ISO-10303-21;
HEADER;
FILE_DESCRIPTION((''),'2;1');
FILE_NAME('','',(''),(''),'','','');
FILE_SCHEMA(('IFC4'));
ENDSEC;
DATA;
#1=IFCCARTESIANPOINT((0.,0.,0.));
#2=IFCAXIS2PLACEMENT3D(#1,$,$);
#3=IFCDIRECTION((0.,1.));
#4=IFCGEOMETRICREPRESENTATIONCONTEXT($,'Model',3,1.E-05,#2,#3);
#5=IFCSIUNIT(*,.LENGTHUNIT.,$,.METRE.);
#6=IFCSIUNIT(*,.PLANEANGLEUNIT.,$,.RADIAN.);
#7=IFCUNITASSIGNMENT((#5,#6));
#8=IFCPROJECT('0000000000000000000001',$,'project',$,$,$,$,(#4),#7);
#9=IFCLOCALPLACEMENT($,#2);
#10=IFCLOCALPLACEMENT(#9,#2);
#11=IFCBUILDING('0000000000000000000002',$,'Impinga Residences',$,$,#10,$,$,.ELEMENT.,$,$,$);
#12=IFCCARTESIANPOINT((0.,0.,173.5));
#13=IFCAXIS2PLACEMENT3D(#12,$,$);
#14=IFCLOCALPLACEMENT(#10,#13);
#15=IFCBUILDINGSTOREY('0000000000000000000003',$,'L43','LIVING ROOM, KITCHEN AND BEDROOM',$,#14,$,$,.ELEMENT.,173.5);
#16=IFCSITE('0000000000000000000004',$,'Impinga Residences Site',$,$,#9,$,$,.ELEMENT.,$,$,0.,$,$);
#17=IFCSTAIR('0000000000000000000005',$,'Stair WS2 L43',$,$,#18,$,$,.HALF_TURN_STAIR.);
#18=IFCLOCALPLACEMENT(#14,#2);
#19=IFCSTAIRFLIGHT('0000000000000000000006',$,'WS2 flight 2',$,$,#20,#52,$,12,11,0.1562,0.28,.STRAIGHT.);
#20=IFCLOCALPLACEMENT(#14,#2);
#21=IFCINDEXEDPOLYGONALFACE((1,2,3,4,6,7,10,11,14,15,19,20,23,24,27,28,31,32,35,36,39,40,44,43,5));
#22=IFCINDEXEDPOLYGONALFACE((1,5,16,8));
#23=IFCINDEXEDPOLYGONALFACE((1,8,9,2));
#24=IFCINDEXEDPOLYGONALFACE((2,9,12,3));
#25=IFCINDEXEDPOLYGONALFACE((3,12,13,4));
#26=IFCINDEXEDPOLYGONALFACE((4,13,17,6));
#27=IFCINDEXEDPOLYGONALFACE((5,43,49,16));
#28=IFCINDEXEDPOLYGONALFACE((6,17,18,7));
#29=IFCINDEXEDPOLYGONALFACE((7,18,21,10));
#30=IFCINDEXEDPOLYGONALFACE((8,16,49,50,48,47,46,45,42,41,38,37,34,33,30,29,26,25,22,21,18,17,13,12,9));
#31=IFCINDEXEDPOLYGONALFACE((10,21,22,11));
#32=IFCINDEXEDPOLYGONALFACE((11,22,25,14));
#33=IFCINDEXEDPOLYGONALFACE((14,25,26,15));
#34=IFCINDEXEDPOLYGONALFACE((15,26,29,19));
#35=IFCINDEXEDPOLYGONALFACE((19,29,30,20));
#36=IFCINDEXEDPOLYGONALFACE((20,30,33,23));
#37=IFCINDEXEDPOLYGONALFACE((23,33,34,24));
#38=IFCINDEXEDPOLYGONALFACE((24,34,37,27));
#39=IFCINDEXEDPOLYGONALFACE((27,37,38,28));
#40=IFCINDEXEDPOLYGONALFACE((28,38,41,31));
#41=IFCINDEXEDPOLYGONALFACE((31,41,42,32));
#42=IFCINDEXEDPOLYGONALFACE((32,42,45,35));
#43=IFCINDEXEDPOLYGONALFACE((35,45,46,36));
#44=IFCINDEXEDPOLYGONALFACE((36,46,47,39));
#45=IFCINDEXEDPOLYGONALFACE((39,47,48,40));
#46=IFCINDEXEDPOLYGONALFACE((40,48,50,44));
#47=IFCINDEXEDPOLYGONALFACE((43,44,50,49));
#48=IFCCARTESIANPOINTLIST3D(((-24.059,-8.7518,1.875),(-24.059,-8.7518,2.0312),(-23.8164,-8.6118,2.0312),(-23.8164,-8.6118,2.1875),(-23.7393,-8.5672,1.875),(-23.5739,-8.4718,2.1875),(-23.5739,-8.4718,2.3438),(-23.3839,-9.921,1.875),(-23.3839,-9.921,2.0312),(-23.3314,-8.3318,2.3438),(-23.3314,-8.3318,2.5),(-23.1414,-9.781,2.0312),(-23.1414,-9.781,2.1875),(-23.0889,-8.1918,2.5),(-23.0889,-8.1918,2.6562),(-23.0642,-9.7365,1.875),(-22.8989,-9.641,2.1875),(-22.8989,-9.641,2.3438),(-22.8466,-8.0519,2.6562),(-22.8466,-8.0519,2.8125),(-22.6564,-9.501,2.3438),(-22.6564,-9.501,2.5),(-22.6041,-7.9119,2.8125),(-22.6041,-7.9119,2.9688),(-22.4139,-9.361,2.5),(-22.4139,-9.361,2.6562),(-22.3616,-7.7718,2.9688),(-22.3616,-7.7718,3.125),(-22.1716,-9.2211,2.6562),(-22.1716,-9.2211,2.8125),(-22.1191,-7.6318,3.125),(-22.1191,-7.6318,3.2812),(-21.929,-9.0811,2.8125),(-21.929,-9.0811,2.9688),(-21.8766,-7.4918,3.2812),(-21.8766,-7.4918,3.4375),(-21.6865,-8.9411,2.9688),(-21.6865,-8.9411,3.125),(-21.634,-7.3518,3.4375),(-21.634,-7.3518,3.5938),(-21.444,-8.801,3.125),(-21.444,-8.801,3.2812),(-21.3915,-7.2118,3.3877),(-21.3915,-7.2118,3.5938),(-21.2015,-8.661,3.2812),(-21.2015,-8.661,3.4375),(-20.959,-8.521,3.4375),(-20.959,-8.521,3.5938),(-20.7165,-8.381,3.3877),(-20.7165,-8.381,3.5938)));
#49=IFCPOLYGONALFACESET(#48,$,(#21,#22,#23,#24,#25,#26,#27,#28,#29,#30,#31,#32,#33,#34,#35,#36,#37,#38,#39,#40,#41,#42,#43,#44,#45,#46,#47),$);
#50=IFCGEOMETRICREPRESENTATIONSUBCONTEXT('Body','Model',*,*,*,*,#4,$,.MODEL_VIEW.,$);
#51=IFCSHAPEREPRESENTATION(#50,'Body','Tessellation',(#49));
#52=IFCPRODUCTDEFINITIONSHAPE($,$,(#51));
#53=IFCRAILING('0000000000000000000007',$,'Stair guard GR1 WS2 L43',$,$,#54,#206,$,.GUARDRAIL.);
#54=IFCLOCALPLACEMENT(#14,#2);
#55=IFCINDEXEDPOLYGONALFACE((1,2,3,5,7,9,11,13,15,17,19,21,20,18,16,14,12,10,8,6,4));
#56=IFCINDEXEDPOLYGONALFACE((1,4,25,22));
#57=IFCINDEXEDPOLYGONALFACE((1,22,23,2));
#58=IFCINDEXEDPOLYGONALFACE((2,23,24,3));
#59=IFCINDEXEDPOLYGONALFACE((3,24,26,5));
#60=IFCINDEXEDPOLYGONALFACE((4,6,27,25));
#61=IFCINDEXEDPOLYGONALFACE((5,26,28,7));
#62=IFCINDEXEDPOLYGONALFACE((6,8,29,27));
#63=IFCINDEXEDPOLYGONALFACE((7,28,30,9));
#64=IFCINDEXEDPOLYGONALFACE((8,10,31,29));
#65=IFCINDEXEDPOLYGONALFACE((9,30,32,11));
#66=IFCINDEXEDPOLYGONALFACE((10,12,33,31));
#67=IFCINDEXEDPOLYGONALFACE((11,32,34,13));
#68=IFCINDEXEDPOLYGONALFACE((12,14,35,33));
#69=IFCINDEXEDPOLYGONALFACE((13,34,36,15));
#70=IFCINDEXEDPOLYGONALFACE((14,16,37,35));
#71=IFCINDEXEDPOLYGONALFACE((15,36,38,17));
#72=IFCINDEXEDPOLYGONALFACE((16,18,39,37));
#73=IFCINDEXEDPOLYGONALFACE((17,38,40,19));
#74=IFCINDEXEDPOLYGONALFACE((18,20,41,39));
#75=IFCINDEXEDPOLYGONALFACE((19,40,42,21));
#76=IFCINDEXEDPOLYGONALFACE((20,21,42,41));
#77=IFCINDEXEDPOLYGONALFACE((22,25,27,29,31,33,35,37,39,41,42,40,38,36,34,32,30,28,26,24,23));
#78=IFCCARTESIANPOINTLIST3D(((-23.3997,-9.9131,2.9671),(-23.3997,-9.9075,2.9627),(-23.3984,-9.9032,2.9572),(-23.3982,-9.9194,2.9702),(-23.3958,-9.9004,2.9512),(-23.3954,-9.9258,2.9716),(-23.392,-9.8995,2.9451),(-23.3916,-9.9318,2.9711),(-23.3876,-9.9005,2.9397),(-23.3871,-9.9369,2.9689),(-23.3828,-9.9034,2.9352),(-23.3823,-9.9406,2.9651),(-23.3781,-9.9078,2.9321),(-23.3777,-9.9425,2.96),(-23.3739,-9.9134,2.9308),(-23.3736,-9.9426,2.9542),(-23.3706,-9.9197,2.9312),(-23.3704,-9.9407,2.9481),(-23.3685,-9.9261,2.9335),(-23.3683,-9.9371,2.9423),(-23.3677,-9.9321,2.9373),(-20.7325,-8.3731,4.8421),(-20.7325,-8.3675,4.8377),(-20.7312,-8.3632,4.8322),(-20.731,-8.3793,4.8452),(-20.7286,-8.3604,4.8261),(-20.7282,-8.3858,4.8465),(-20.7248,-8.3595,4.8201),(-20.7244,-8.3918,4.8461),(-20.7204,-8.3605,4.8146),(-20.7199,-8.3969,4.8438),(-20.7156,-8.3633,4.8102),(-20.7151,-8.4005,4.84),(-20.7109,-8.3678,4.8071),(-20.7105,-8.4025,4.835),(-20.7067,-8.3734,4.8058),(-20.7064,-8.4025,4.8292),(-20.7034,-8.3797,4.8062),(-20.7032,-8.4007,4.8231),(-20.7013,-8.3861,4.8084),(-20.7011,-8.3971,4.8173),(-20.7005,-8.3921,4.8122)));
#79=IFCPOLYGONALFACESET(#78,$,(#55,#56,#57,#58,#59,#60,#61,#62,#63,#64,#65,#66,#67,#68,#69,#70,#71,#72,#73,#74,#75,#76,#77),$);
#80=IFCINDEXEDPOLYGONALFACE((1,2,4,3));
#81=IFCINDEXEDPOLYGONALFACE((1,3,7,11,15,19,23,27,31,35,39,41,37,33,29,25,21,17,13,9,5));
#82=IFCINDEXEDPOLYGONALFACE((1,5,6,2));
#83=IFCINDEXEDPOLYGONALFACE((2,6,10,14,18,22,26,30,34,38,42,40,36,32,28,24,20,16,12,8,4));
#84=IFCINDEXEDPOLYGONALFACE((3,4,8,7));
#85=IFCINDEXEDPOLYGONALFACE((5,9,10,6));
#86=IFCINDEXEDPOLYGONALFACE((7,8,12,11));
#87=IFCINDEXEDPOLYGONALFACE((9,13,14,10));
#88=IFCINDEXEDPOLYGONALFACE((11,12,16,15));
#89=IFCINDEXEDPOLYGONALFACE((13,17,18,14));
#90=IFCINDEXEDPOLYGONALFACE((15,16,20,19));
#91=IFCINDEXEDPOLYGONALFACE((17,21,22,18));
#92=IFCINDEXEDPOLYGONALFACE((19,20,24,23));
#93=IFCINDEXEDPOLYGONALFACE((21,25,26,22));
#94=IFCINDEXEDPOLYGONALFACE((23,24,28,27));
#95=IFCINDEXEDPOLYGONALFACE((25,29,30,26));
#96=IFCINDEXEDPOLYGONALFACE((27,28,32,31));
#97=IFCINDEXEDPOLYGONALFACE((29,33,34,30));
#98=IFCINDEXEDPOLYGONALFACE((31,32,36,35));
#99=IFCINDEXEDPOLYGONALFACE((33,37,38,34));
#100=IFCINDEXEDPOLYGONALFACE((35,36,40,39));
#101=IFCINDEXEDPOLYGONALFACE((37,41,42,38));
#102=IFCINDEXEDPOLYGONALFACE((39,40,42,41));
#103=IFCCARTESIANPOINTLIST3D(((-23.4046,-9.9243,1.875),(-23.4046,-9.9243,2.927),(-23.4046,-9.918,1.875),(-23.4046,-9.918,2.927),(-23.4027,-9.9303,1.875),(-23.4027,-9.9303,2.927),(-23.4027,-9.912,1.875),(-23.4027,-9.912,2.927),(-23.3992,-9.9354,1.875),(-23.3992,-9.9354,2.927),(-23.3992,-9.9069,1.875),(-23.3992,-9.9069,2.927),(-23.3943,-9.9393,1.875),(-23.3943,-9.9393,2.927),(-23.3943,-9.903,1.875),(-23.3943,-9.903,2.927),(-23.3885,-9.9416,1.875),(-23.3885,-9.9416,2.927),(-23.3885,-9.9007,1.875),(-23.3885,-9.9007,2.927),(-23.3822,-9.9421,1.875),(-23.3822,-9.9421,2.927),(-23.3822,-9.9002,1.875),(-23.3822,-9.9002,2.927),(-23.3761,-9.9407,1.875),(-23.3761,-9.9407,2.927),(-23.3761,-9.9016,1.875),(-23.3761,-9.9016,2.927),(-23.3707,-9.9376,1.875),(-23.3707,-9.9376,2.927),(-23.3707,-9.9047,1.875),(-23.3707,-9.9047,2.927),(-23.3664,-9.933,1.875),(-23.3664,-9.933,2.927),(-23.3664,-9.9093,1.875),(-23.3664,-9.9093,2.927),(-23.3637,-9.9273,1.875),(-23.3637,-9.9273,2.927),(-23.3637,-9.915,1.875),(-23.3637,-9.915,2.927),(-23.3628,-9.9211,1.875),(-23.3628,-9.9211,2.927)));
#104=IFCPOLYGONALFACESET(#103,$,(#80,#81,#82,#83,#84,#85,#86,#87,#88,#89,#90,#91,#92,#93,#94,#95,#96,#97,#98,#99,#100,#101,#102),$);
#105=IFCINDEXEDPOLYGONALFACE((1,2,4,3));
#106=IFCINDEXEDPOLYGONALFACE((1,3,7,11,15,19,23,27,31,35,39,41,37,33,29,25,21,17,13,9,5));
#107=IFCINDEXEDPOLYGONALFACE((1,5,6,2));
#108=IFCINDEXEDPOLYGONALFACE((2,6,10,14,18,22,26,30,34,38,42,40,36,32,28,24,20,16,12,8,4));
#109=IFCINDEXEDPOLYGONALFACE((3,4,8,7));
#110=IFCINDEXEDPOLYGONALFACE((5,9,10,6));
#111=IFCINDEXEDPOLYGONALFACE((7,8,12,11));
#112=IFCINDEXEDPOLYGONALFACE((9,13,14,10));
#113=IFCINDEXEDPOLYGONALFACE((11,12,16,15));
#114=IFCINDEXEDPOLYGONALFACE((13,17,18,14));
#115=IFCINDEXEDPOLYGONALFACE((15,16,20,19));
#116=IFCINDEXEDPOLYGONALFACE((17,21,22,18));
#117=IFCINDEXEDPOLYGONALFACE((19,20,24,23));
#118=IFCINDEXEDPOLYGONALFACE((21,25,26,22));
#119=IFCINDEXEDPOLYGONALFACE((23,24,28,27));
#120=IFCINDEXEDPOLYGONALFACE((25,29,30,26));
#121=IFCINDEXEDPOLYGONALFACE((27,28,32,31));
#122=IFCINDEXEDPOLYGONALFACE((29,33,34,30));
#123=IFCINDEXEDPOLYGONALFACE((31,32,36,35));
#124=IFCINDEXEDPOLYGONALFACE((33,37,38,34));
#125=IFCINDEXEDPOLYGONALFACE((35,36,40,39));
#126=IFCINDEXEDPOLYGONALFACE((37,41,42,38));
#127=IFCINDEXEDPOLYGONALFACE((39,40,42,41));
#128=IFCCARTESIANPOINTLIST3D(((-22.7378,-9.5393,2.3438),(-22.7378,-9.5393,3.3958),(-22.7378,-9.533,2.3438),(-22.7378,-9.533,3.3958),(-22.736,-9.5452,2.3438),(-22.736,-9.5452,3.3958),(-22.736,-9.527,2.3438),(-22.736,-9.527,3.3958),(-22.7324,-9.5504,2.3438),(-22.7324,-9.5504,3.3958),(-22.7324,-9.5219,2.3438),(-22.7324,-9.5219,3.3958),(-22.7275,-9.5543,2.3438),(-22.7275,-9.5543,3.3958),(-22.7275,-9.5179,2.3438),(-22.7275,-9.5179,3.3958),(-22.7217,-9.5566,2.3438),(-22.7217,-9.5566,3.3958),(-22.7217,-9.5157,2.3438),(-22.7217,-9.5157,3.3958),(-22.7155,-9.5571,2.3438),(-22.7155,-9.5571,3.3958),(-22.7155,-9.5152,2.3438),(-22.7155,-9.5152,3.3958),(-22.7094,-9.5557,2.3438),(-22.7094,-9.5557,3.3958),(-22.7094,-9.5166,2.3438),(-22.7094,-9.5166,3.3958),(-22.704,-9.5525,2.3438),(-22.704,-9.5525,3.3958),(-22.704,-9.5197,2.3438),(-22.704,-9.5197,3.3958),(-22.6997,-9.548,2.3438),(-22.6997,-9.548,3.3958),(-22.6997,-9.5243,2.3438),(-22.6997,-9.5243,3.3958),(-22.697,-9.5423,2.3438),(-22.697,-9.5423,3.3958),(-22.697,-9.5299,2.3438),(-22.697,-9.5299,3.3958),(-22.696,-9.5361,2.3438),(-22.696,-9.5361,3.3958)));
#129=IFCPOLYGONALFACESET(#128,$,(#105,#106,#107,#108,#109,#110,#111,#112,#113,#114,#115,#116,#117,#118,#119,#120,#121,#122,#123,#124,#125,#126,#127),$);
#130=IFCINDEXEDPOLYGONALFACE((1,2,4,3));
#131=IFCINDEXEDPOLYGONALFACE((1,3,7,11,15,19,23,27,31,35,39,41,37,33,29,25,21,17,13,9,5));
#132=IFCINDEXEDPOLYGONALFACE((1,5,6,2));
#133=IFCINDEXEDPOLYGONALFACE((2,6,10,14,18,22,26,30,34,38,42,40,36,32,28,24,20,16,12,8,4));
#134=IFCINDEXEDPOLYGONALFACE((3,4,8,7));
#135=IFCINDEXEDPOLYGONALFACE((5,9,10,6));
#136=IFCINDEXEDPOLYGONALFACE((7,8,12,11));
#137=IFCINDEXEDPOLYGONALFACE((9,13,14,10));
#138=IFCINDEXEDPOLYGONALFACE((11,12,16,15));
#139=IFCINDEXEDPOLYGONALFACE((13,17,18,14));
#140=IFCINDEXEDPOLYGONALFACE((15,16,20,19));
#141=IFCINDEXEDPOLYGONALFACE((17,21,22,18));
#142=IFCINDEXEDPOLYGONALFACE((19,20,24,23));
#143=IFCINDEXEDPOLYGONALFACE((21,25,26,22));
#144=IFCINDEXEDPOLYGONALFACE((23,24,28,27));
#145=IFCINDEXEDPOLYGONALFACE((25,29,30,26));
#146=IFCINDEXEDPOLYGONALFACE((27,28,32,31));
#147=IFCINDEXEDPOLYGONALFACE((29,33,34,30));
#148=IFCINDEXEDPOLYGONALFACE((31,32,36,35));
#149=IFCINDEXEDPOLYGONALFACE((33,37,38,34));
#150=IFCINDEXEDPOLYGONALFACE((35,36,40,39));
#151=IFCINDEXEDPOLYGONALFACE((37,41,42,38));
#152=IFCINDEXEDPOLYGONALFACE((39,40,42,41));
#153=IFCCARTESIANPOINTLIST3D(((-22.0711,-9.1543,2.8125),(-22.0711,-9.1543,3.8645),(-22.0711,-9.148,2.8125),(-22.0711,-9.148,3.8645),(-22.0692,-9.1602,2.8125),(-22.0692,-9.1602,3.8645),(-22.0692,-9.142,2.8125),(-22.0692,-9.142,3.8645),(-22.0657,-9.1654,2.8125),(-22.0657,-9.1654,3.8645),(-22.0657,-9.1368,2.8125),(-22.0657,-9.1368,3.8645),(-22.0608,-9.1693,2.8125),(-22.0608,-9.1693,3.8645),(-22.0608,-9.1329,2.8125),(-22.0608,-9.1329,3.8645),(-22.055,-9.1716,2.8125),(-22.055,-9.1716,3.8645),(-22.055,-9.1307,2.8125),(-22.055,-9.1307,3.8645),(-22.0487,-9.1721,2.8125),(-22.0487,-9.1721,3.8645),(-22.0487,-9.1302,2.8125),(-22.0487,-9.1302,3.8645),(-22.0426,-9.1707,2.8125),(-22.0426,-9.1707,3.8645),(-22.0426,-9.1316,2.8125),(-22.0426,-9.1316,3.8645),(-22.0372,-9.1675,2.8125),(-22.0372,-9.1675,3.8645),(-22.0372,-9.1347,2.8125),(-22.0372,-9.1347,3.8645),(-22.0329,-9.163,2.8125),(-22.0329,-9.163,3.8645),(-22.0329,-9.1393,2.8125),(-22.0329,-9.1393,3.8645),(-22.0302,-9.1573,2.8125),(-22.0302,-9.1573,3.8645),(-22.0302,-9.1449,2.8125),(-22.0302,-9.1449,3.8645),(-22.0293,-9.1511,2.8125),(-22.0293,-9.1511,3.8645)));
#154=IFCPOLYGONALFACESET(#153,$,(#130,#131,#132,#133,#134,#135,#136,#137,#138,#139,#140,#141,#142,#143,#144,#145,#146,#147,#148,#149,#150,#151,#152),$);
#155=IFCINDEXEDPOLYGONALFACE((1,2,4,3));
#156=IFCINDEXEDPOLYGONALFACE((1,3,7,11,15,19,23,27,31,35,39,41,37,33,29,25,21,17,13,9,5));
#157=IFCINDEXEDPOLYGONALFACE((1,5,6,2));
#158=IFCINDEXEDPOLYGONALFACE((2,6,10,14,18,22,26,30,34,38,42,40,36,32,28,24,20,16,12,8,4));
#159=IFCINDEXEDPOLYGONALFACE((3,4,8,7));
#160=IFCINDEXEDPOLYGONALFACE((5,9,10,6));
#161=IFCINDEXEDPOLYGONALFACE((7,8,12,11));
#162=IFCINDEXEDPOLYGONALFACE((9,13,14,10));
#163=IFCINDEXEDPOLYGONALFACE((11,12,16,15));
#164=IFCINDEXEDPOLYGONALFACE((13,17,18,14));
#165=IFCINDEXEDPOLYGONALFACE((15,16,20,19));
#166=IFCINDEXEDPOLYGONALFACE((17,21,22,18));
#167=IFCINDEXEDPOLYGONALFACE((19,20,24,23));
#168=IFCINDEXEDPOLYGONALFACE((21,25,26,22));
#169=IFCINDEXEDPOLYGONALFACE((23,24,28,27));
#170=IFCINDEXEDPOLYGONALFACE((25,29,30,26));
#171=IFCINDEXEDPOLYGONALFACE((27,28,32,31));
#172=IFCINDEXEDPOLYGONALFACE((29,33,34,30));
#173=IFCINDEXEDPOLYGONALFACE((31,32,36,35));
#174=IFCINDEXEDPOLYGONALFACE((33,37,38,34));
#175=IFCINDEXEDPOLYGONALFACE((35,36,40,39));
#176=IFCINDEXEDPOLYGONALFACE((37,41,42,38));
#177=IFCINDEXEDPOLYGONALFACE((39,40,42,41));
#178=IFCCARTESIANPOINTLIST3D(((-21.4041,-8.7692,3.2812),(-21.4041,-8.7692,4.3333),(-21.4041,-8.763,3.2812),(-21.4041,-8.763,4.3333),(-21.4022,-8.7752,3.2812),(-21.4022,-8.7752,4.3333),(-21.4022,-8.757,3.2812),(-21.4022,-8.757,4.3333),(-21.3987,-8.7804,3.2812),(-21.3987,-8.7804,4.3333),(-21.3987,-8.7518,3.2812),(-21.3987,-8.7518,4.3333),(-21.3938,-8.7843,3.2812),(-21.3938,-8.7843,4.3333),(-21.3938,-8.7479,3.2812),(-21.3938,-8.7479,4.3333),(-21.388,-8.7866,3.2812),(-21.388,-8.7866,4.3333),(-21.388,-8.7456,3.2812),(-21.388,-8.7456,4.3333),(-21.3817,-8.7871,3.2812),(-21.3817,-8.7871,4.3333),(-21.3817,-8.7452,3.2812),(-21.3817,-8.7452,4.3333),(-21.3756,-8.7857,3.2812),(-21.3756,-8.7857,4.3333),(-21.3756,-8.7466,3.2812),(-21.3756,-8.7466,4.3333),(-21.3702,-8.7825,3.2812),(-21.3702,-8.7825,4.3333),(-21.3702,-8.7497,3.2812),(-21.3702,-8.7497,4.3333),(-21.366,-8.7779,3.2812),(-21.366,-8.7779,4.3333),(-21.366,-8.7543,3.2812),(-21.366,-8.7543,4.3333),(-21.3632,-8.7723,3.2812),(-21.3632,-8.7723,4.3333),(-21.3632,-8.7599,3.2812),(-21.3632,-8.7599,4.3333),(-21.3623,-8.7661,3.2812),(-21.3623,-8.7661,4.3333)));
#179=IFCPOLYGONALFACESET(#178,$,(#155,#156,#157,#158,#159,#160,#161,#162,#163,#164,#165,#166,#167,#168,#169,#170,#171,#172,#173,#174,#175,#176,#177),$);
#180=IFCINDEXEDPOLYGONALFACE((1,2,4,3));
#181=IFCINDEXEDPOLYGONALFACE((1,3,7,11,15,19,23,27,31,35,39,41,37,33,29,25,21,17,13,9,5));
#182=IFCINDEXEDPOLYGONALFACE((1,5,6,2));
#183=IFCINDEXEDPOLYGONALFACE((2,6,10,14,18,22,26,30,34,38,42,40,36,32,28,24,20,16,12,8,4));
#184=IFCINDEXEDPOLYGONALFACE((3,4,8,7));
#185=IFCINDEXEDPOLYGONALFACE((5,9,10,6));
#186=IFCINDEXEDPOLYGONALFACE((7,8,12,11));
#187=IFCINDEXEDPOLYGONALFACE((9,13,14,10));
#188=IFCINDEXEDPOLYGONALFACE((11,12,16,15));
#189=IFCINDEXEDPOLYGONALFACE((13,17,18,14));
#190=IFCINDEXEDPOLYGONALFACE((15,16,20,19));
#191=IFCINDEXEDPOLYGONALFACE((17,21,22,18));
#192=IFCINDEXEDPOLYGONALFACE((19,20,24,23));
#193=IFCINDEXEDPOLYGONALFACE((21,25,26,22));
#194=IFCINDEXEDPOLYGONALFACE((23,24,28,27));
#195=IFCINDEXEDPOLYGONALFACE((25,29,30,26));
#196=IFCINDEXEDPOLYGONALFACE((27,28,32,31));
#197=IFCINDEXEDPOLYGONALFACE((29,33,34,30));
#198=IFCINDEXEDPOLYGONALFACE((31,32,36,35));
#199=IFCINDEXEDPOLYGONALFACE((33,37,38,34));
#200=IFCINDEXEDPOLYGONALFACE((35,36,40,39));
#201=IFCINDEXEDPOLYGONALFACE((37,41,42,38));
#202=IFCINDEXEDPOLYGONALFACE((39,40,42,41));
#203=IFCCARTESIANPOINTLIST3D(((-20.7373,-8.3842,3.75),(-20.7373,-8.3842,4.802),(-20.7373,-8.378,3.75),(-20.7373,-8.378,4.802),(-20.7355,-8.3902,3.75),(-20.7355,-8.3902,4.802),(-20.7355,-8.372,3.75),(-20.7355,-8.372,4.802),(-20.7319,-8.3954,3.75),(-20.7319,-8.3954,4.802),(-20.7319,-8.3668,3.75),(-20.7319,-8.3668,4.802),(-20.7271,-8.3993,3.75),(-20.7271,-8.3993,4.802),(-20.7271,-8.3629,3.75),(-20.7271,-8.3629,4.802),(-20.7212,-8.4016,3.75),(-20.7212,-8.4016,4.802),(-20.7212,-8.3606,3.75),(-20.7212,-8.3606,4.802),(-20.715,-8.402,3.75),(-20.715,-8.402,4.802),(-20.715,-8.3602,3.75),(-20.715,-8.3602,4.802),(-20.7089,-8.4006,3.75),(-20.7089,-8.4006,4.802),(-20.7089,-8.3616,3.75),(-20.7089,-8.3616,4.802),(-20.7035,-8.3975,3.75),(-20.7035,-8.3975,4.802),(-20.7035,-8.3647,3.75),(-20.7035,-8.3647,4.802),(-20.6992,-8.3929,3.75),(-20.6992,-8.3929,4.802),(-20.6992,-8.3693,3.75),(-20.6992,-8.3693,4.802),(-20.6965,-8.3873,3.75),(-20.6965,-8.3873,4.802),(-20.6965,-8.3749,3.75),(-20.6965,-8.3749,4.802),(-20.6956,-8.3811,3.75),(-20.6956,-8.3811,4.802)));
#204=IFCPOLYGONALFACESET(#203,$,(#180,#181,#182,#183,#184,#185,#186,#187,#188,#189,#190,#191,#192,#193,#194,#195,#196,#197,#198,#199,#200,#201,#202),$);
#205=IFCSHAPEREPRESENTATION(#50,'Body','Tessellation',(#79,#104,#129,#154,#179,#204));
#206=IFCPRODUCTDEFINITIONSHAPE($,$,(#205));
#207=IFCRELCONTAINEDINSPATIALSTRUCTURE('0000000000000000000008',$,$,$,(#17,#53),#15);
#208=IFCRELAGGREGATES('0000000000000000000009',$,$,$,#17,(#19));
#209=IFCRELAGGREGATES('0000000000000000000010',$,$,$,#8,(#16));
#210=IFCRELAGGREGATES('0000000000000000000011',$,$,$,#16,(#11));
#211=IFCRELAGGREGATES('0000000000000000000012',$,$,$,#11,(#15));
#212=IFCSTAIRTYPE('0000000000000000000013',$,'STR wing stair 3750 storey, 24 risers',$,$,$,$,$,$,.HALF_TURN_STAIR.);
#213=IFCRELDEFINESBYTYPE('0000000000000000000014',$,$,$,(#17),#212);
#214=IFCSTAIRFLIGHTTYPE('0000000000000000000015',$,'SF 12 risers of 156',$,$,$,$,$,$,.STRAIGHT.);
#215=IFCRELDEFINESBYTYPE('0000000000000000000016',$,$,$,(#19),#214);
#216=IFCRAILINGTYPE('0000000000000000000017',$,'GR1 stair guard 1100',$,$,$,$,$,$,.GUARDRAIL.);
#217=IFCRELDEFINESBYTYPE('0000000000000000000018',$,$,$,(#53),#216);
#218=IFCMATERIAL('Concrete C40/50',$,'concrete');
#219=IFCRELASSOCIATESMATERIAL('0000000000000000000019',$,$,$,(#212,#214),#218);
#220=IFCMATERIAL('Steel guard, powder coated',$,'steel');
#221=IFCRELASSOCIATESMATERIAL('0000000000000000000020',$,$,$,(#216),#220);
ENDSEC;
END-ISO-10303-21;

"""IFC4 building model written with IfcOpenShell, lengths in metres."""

from ifc_helpers import new_model, si_unit, direction, frame, origin, origin_2d, place, context, subcontext, project, spatial, polyline, circle, outline, extrude, material, type_object, element, aggregate, save


model = new_model("IFC4")

# Units and contexts
model_context = context("Model", 3, precision=1e-05, world=origin(), true_north=direction((0.0, 1.0)))
body_context = subcontext(model_context, "Body", "Model", "MODEL_VIEW")
ifc_project = project(units=[si_unit("LENGTHUNIT", "METRE"), si_unit("PLANEANGLEUNIT", "RADIAN")], contexts=[model_context])

# Site, building, storey
site_placement = place(None, origin())
site = spatial("IfcSite", under=ifc_project, at=site_placement, Name="Impinga Residences Site", CompositionType="ELEMENT", RefElevation=0.0)
building_placement = place(site_placement, origin())
building = spatial("IfcBuilding", under=site, at=building_placement, Name="Impinga Residences", CompositionType="ELEMENT")
storey_placement = place(building_placement, frame((0.0, 0.0, 173.5)))
storey = spatial("IfcBuildingStorey", under=building, at=storey_placement, Name="L43", Description="LIVING ROOM, KITCHEN AND BEDROOM", CompositionType="ELEMENT", Elevation=173.5)

# Stair, stair flight
ifc_material_1 = material(Name="Concrete C40/50", Category="concrete")
stair_type = type_object("IfcStairType", Name="STR wing stair 3750 storey, 24 risers", PredefinedType="HALF_TURN_STAIR", material=ifc_material_1)
stair_placement = place(storey_placement, origin())
stair = element("IfcStair", 1, at=stair_placement, inside=storey, type_object=stair_type, Name="Stair WS2 L43", PredefinedType="HALF_TURN_STAIR")
stair_flight_type = type_object("IfcStairFlightType", Name="SF 12 risers of 156", PredefinedType="STRAIGHT", material=ifc_material_1)
stair_flight_placement = place(storey_placement, frame((-23.7214, -9.3364, 1.875), z_axis=(0.0, 0.0, 1.0), x_axis=(0.866025, 0.5, 0.0)))
stair_flight = element("IfcStairFlight", 2, at=stair_flight_placement, type_object=stair_flight_type, Name="WS2 flight 2", NumberOfRisers=12, NumberOfTreads=11, PredefinedType="STRAIGHT", RiserHeight=0.1562, TreadLength=0.28, context=body_context, shape_type="SweptSolid", body=[
    extrude(outline(polyline([(0.0, 0.0), (0.0, 0.1562), (0.28, 0.1562), (0.28, 0.3125), (0.5601, 0.3125), (0.5601, 0.4688), (0.8401, 0.4688), (0.8401, 0.625), (1.1201, 0.625), (1.1201, 0.7812), (1.3999, 0.7812), (1.3999, 0.9375), (1.6799, 0.9375), (1.6799, 1.0938), (1.96, 1.0938), (1.96, 1.25), (2.24, 1.25), (2.24, 1.4062), (2.52, 1.4062), (2.52, 1.5625), (2.8, 1.5625), (2.8, 1.7188), (3.0801, 1.7188), (3.0801, 1.875), (3.0801, 1.5127), (0.3691, 0.0), (0.0, 0.0)])), frame((0.0, 0.675, 0.0), z_axis=(0.0, -1.0, 0.0), x_axis=(1.0, 0.0, 0.0)), (0.0, 0.0, 1.0), 1.3501),
])
aggregate(stair, [stair_flight])

# Railing
ifc_material_2 = material(Name="Steel guard, powder coated", Category="steel")
railing_type_1 = type_object("IfcRailingType", Name="GR1 stair guard 1100", PredefinedType="GUARDRAIL", material=ifc_material_2)
railing_1_placement = place(storey_placement, frame((-23.3838, -9.9211, 1.875)))
element("IfcRailing", 3, at=railing_1_placement, inside=storey, type_object=railing_type_1, Name="Stair guard GR1 WS2 L43", PredefinedType="GUARDRAIL", context=body_context, shape_type="SweptSolid", body=[
    extrude(circle(Radius=0.0239, at=origin_2d()), frame((0.0, 0.0, 1.0762), z_axis=(0.739716, 0.427105, 0.520002), x_axis=(-0.500027, 0.86601, 0.0)), (0.0, 0.0, 1.0), 3.6057),
    extrude(circle(Radius=0.021, at=origin_2d()), origin(), (0.0, 0.0, 1.0), 1.052),
    extrude(circle(Radius=0.021, at=origin_2d()), frame((0.6667, 0.385, 0.4688)), (0.0, 0.0, 1.0), 1.052),
    extrude(circle(Radius=0.021, at=origin_2d()), frame((1.3335, 0.77, 0.9375)), (0.0, 0.0, 1.0), 1.052),
    extrude(circle(Radius=0.021, at=origin_2d()), frame((2.0005, 1.155, 1.4062)), (0.0, 0.0, 1.0), 1.052),
    extrude(circle(Radius=0.021, at=origin_2d()), frame((2.6672, 1.54, 1.875)), (0.0, 0.0, 1.0), 1.052),
])

save(model, "model.ifc")
